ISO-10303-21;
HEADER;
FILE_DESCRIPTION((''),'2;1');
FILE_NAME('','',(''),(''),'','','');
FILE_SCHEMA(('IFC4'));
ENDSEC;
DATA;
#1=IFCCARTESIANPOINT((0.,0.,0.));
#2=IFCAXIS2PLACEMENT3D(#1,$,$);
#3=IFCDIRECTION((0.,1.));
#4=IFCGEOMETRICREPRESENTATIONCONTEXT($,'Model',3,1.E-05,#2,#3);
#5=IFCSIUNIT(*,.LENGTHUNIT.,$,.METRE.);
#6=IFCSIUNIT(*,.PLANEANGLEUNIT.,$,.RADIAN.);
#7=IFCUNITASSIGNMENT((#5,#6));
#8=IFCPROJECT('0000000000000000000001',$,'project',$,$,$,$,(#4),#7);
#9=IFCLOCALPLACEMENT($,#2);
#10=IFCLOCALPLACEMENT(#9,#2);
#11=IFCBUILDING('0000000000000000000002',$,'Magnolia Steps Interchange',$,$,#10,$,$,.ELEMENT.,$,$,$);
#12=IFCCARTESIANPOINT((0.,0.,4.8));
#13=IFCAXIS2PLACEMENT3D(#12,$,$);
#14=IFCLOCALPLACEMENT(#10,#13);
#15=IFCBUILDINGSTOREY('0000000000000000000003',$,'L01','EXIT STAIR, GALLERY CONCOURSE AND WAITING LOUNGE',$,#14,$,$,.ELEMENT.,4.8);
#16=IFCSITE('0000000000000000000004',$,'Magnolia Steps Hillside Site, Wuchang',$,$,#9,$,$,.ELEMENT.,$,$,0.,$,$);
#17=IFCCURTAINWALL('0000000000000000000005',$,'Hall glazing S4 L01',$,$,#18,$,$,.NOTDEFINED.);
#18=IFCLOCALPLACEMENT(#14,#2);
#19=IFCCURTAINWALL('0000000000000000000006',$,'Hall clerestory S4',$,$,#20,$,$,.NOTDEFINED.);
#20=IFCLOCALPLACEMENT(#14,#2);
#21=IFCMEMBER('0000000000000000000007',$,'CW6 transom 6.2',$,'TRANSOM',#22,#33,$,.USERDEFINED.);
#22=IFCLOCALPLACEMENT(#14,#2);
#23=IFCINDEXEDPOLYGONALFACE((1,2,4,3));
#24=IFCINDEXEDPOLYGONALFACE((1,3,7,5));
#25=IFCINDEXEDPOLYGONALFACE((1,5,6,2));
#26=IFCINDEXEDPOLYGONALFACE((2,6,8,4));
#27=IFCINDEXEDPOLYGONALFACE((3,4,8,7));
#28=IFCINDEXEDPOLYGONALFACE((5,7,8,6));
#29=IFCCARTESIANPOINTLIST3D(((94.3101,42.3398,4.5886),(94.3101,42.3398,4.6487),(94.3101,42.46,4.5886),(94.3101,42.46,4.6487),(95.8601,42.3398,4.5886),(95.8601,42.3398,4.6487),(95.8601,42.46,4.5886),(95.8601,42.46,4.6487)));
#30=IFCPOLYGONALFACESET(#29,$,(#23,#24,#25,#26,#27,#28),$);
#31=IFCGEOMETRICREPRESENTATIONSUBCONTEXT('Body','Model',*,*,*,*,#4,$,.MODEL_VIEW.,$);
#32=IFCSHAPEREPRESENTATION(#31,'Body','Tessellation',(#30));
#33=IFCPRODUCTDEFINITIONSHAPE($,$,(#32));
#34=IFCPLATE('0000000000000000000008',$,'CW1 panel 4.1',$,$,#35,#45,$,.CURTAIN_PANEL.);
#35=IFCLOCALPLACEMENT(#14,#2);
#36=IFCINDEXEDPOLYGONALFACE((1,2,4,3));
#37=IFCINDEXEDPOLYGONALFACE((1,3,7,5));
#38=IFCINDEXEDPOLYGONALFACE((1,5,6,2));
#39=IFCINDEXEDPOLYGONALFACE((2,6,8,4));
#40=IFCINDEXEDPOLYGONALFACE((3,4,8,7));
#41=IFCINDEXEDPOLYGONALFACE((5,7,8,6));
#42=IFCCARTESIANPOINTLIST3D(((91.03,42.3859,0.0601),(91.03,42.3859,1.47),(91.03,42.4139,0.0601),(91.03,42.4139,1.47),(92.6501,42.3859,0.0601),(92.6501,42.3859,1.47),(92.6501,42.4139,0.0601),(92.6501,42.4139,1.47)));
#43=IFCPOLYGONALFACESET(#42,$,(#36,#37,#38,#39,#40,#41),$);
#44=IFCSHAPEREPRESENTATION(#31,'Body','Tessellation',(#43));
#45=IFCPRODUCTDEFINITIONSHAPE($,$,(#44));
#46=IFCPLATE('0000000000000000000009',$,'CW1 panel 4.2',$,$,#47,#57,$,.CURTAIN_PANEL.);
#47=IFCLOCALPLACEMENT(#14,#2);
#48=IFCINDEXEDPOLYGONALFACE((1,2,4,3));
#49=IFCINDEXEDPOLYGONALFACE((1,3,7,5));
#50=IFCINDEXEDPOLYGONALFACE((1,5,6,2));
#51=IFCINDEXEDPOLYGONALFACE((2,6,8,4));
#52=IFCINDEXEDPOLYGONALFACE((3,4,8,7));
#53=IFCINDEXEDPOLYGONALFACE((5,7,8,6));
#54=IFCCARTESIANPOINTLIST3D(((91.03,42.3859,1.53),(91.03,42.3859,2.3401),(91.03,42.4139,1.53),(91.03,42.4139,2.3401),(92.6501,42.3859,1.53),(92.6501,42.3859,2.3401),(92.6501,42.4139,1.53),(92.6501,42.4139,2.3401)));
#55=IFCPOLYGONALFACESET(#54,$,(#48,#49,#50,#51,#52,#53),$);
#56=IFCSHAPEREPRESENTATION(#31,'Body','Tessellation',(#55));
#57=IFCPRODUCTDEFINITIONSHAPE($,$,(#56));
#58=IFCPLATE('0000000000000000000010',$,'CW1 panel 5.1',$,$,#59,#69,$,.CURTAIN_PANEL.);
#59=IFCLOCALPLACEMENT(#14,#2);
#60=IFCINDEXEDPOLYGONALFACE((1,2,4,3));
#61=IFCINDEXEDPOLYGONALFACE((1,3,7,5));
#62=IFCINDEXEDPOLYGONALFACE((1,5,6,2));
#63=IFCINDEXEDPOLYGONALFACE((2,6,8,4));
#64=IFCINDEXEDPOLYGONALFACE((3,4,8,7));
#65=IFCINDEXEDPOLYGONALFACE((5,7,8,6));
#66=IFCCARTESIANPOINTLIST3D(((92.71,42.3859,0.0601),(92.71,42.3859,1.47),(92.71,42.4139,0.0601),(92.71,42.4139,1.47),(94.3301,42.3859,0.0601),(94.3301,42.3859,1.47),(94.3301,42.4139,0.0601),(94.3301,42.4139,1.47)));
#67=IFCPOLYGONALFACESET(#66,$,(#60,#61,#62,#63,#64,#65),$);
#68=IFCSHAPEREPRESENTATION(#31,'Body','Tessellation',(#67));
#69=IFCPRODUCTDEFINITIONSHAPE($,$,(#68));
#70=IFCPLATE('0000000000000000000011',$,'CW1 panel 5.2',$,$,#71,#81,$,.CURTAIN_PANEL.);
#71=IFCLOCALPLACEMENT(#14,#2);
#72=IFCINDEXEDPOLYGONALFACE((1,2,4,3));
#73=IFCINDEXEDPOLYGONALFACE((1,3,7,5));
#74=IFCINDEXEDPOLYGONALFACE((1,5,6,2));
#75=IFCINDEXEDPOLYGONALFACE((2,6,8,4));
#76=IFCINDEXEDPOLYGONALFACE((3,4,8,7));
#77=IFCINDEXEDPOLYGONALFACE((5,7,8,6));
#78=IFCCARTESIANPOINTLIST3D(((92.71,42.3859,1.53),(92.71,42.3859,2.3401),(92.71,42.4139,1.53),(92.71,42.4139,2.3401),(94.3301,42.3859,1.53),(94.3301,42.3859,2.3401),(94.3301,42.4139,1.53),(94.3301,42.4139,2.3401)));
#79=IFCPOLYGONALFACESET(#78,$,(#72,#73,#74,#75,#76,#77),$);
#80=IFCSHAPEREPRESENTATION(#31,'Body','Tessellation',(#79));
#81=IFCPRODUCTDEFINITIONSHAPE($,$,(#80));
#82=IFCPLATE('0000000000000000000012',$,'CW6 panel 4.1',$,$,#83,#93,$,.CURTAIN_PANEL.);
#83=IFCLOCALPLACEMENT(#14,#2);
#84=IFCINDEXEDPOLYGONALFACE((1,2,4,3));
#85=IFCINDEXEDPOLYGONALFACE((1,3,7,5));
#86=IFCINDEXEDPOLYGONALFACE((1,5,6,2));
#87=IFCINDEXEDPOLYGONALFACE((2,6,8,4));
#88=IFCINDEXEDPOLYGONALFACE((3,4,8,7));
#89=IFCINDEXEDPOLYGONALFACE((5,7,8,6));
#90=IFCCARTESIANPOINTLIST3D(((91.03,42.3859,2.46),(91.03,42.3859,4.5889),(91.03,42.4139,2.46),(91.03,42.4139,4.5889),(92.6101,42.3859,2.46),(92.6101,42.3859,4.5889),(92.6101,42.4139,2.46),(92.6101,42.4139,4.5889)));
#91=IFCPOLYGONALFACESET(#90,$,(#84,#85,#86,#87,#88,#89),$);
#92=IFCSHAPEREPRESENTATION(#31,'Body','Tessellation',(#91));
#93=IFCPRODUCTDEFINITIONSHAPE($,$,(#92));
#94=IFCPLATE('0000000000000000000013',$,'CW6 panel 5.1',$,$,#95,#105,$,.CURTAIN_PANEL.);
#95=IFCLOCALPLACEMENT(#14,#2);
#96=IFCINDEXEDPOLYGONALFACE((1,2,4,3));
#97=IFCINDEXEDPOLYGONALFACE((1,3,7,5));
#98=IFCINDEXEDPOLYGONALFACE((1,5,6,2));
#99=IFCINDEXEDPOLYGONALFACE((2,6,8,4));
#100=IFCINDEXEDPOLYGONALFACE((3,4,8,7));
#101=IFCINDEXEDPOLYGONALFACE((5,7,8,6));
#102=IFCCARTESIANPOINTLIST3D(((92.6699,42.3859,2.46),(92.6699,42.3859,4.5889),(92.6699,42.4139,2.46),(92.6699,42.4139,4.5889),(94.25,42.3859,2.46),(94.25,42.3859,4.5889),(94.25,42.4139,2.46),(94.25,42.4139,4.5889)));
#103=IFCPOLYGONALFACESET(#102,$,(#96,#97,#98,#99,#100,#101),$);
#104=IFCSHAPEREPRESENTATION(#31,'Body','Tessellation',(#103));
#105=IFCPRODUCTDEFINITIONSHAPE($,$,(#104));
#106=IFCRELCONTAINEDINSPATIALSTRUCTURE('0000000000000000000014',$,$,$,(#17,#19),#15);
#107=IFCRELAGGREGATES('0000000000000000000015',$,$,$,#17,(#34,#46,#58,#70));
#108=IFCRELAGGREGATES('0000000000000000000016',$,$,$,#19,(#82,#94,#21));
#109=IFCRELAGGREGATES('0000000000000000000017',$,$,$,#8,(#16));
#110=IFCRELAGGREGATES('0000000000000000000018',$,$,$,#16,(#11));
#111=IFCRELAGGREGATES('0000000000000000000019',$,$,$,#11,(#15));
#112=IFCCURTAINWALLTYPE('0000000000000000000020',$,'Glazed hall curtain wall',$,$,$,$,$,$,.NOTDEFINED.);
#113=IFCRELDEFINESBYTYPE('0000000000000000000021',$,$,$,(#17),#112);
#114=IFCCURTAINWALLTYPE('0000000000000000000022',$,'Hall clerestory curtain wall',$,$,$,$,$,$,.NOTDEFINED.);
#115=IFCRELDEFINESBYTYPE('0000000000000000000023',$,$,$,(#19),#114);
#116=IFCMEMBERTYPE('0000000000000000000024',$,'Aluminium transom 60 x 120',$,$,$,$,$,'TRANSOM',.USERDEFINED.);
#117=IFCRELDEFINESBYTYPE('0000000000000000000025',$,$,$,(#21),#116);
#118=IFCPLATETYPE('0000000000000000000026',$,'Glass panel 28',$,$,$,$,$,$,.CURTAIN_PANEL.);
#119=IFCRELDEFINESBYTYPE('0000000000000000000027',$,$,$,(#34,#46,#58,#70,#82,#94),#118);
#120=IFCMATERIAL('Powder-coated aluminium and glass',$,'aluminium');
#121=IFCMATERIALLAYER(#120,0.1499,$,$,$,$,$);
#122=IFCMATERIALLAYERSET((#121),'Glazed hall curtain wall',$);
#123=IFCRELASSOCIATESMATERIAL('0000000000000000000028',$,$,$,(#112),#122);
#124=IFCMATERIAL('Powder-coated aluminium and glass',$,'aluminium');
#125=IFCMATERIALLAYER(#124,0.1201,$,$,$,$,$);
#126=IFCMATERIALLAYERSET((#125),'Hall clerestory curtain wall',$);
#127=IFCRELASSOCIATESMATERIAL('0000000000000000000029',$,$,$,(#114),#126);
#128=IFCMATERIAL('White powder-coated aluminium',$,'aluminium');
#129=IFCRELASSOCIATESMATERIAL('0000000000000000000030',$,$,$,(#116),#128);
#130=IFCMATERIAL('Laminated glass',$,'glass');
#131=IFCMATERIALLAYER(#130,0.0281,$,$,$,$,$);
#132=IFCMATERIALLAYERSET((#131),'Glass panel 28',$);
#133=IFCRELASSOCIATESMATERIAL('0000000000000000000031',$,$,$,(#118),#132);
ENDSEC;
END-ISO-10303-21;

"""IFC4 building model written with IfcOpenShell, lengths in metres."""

from ifc_helpers import new_model, si_unit, direction, frame, origin, origin_2d, place, context, subcontext, project, spatial, rectangle, extrude, material, layer, layer_set, material_profile, profile_set, type_object, element, aggregate, save


model = new_model("IFC4")

# Units and contexts
model_context = context("Model", 3, precision=1e-05, world=origin(), true_north=direction((0.0, 1.0)))
body_context = subcontext(model_context, "Body", "Model", "MODEL_VIEW")
ifc_project = project(units=[si_unit("LENGTHUNIT", "METRE"), si_unit("PLANEANGLEUNIT", "RADIAN")], contexts=[model_context])

# Site, building, storey
site_placement = place(None, origin())
site = spatial("IfcSite", under=ifc_project, at=site_placement, Name="Magnolia Steps Hillside Site, Wuchang", CompositionType="ELEMENT", RefElevation=0.0)
building_placement = place(site_placement, origin())
building = spatial("IfcBuilding", under=site, at=building_placement, Name="Magnolia Steps Interchange", CompositionType="ELEMENT")
storey_placement = place(building_placement, frame((0.0, 0.0, 4.8)))
storey = spatial("IfcBuildingStorey", under=building, at=storey_placement, Name="L01", Description="EXIT STAIR, GALLERY CONCOURSE AND WAITING LOUNGE", CompositionType="ELEMENT", Elevation=4.8)

# Curtain walls
ifc_material_1 = material(Name="Powder-coated aluminium and glass", Category="aluminium")
ifc_layer_1 = layer(ifc_material_1, 0.1499)
ifc_layer_set_1 = layer_set([ifc_layer_1], Name="Glazed hall curtain wall")
curtain_wall_type_1 = type_object("IfcCurtainWallType", Name="Glazed hall curtain wall", PredefinedType="NOTDEFINED", material=ifc_layer_set_1)
curtain_wall_1_placement = place(storey_placement, origin())
curtain_wall_1 = element("IfcCurtainWall", 1, at=curtain_wall_1_placement, inside=storey, type_object=curtain_wall_type_1, Name="Hall glazing S4 L01", PredefinedType="NOTDEFINED")
ifc_material_2 = material(Name="Powder-coated aluminium and glass", Category="aluminium")
ifc_layer_2 = layer(ifc_material_2, 0.1201)
ifc_layer_set_2 = layer_set([ifc_layer_2], Name="Hall clerestory curtain wall")
curtain_wall_type_2 = type_object("IfcCurtainWallType", Name="Hall clerestory curtain wall", PredefinedType="NOTDEFINED", material=ifc_layer_set_2)
curtain_wall_2_placement = place(storey_placement, origin())
curtain_wall_2 = element("IfcCurtainWall", 2, at=curtain_wall_2_placement, inside=storey, type_object=curtain_wall_type_2, Name="Hall clerestory S4", PredefinedType="NOTDEFINED")

# Member
ifc_material_3 = material(Name="White powder-coated aluminium", Category="aluminium")
ifc_material_profile_1 = material_profile(ifc_material_3, rectangle(XDim=0.0601, YDim=0.1201, at=origin_2d()), Name="Aluminium transom 60 x 120")
ifc_profile_set_1 = profile_set([ifc_material_profile_1], Name="White powder-coated aluminium")
member_type_1 = type_object("IfcMemberType", Name="Aluminium transom 60 x 120", ElementType="TRANSOM", PredefinedType="USERDEFINED", material=ifc_profile_set_1)
member_1_placement = place(storey_placement, frame((94.3101, 42.3999, 4.6187), z_axis=(1.0, 0.0, 0.0), x_axis=(0.0, 0.0, 1.0)))
member_1 = element("IfcMember", 3, at=member_1_placement, type_object=member_type_1, Name="CW6 transom 6.2", ObjectType="TRANSOM", PredefinedType="USERDEFINED", context=body_context, shape_type="SweptSolid", body=[
    extrude(rectangle(XDim=0.0601, YDim=0.1201, at=origin_2d()), origin(), (0.0, 0.0, 1.0), 1.55),
])

# Plates
ifc_material_4 = material(Name="Laminated glass", Category="glass")
ifc_layer_3 = layer(ifc_material_4, 0.0281)
ifc_layer_set_3 = layer_set([ifc_layer_3], Name="Glass panel 28")
plate_type = type_object("IfcPlateType", Name="Glass panel 28", PredefinedType="CURTAIN_PANEL", material=ifc_layer_set_3)
plate_1_placement = place(storey_placement, frame((91.8401, 42.3999, 0.0601), z_axis=(0.0, 0.0, 1.0), x_axis=(1.0, 0.0, 0.0)))
plate_1 = element("IfcPlate", 4, at=plate_1_placement, type_object=plate_type, Name="CW1 panel 4.1", PredefinedType="CURTAIN_PANEL", context=body_context, shape_type="SweptSolid", body=[
    extrude(rectangle(XDim=1.6201, YDim=0.0281, at=origin_2d()), origin(), (0.0, 0.0, 1.0), 1.4099),
])
plate_2_placement = place(storey_placement, frame((91.8401, 42.3999, 1.53), z_axis=(0.0, 0.0, 1.0), x_axis=(1.0, 0.0, 0.0)))
plate_2 = element("IfcPlate", 5, at=plate_2_placement, type_object=plate_type, Name="CW1 panel 4.2", PredefinedType="CURTAIN_PANEL", context=body_context, shape_type="SweptSolid", body=[
    extrude(rectangle(XDim=1.6201, YDim=0.0281, at=origin_2d()), origin(), (0.0, 0.0, 1.0), 0.8101),
])
plate_3_placement = place(storey_placement, frame((93.52, 42.3999, 0.0601), z_axis=(0.0, 0.0, 1.0), x_axis=(1.0, 0.0, 0.0)))
plate_3 = element("IfcPlate", 6, at=plate_3_placement, type_object=plate_type, Name="CW1 panel 5.1", PredefinedType="CURTAIN_PANEL", context=body_context, shape_type="SweptSolid", body=[
    extrude(rectangle(XDim=1.6201, YDim=0.0281, at=origin_2d()), origin(), (0.0, 0.0, 1.0), 1.4099),
])
plate_4_placement = place(storey_placement, frame((93.52, 42.3999, 1.53), z_axis=(0.0, 0.0, 1.0), x_axis=(1.0, 0.0, 0.0)))
plate_4 = element("IfcPlate", 7, at=plate_4_placement, type_object=plate_type, Name="CW1 panel 5.2", PredefinedType="CURTAIN_PANEL", context=body_context, shape_type="SweptSolid", body=[
    extrude(rectangle(XDim=1.6201, YDim=0.0281, at=origin_2d()), origin(), (0.0, 0.0, 1.0), 0.8101),
])
aggregate(curtain_wall_1, [plate_1, plate_2, plate_3, plate_4])
plate_5_placement = place(storey_placement, frame((91.8201, 42.3999, 2.46), z_axis=(0.0, 0.0, 1.0), x_axis=(1.0, 0.0, 0.0)))
plate_5 = element("IfcPlate", 8, at=plate_5_placement, type_object=plate_type, Name="CW6 panel 4.1", PredefinedType="CURTAIN_PANEL", context=body_context, shape_type="SweptSolid", body=[
    extrude(rectangle(XDim=1.5801, YDim=0.0281, at=origin_2d()), origin(), (0.0, 0.0, 1.0), 2.1289),
])
plate_6_placement = place(storey_placement, frame((93.46, 42.3999, 2.46), z_axis=(0.0, 0.0, 1.0), x_axis=(1.0, 0.0, 0.0)))
plate_6 = element("IfcPlate", 9, at=plate_6_placement, type_object=plate_type, Name="CW6 panel 5.1", PredefinedType="CURTAIN_PANEL", context=body_context, shape_type="SweptSolid", body=[
    extrude(rectangle(XDim=1.5801, YDim=0.0281, at=origin_2d()), origin(), (0.0, 0.0, 1.0), 2.1289),
])
aggregate(curtain_wall_2, [plate_5, plate_6, member_1])

save(model, "model.ifc")
